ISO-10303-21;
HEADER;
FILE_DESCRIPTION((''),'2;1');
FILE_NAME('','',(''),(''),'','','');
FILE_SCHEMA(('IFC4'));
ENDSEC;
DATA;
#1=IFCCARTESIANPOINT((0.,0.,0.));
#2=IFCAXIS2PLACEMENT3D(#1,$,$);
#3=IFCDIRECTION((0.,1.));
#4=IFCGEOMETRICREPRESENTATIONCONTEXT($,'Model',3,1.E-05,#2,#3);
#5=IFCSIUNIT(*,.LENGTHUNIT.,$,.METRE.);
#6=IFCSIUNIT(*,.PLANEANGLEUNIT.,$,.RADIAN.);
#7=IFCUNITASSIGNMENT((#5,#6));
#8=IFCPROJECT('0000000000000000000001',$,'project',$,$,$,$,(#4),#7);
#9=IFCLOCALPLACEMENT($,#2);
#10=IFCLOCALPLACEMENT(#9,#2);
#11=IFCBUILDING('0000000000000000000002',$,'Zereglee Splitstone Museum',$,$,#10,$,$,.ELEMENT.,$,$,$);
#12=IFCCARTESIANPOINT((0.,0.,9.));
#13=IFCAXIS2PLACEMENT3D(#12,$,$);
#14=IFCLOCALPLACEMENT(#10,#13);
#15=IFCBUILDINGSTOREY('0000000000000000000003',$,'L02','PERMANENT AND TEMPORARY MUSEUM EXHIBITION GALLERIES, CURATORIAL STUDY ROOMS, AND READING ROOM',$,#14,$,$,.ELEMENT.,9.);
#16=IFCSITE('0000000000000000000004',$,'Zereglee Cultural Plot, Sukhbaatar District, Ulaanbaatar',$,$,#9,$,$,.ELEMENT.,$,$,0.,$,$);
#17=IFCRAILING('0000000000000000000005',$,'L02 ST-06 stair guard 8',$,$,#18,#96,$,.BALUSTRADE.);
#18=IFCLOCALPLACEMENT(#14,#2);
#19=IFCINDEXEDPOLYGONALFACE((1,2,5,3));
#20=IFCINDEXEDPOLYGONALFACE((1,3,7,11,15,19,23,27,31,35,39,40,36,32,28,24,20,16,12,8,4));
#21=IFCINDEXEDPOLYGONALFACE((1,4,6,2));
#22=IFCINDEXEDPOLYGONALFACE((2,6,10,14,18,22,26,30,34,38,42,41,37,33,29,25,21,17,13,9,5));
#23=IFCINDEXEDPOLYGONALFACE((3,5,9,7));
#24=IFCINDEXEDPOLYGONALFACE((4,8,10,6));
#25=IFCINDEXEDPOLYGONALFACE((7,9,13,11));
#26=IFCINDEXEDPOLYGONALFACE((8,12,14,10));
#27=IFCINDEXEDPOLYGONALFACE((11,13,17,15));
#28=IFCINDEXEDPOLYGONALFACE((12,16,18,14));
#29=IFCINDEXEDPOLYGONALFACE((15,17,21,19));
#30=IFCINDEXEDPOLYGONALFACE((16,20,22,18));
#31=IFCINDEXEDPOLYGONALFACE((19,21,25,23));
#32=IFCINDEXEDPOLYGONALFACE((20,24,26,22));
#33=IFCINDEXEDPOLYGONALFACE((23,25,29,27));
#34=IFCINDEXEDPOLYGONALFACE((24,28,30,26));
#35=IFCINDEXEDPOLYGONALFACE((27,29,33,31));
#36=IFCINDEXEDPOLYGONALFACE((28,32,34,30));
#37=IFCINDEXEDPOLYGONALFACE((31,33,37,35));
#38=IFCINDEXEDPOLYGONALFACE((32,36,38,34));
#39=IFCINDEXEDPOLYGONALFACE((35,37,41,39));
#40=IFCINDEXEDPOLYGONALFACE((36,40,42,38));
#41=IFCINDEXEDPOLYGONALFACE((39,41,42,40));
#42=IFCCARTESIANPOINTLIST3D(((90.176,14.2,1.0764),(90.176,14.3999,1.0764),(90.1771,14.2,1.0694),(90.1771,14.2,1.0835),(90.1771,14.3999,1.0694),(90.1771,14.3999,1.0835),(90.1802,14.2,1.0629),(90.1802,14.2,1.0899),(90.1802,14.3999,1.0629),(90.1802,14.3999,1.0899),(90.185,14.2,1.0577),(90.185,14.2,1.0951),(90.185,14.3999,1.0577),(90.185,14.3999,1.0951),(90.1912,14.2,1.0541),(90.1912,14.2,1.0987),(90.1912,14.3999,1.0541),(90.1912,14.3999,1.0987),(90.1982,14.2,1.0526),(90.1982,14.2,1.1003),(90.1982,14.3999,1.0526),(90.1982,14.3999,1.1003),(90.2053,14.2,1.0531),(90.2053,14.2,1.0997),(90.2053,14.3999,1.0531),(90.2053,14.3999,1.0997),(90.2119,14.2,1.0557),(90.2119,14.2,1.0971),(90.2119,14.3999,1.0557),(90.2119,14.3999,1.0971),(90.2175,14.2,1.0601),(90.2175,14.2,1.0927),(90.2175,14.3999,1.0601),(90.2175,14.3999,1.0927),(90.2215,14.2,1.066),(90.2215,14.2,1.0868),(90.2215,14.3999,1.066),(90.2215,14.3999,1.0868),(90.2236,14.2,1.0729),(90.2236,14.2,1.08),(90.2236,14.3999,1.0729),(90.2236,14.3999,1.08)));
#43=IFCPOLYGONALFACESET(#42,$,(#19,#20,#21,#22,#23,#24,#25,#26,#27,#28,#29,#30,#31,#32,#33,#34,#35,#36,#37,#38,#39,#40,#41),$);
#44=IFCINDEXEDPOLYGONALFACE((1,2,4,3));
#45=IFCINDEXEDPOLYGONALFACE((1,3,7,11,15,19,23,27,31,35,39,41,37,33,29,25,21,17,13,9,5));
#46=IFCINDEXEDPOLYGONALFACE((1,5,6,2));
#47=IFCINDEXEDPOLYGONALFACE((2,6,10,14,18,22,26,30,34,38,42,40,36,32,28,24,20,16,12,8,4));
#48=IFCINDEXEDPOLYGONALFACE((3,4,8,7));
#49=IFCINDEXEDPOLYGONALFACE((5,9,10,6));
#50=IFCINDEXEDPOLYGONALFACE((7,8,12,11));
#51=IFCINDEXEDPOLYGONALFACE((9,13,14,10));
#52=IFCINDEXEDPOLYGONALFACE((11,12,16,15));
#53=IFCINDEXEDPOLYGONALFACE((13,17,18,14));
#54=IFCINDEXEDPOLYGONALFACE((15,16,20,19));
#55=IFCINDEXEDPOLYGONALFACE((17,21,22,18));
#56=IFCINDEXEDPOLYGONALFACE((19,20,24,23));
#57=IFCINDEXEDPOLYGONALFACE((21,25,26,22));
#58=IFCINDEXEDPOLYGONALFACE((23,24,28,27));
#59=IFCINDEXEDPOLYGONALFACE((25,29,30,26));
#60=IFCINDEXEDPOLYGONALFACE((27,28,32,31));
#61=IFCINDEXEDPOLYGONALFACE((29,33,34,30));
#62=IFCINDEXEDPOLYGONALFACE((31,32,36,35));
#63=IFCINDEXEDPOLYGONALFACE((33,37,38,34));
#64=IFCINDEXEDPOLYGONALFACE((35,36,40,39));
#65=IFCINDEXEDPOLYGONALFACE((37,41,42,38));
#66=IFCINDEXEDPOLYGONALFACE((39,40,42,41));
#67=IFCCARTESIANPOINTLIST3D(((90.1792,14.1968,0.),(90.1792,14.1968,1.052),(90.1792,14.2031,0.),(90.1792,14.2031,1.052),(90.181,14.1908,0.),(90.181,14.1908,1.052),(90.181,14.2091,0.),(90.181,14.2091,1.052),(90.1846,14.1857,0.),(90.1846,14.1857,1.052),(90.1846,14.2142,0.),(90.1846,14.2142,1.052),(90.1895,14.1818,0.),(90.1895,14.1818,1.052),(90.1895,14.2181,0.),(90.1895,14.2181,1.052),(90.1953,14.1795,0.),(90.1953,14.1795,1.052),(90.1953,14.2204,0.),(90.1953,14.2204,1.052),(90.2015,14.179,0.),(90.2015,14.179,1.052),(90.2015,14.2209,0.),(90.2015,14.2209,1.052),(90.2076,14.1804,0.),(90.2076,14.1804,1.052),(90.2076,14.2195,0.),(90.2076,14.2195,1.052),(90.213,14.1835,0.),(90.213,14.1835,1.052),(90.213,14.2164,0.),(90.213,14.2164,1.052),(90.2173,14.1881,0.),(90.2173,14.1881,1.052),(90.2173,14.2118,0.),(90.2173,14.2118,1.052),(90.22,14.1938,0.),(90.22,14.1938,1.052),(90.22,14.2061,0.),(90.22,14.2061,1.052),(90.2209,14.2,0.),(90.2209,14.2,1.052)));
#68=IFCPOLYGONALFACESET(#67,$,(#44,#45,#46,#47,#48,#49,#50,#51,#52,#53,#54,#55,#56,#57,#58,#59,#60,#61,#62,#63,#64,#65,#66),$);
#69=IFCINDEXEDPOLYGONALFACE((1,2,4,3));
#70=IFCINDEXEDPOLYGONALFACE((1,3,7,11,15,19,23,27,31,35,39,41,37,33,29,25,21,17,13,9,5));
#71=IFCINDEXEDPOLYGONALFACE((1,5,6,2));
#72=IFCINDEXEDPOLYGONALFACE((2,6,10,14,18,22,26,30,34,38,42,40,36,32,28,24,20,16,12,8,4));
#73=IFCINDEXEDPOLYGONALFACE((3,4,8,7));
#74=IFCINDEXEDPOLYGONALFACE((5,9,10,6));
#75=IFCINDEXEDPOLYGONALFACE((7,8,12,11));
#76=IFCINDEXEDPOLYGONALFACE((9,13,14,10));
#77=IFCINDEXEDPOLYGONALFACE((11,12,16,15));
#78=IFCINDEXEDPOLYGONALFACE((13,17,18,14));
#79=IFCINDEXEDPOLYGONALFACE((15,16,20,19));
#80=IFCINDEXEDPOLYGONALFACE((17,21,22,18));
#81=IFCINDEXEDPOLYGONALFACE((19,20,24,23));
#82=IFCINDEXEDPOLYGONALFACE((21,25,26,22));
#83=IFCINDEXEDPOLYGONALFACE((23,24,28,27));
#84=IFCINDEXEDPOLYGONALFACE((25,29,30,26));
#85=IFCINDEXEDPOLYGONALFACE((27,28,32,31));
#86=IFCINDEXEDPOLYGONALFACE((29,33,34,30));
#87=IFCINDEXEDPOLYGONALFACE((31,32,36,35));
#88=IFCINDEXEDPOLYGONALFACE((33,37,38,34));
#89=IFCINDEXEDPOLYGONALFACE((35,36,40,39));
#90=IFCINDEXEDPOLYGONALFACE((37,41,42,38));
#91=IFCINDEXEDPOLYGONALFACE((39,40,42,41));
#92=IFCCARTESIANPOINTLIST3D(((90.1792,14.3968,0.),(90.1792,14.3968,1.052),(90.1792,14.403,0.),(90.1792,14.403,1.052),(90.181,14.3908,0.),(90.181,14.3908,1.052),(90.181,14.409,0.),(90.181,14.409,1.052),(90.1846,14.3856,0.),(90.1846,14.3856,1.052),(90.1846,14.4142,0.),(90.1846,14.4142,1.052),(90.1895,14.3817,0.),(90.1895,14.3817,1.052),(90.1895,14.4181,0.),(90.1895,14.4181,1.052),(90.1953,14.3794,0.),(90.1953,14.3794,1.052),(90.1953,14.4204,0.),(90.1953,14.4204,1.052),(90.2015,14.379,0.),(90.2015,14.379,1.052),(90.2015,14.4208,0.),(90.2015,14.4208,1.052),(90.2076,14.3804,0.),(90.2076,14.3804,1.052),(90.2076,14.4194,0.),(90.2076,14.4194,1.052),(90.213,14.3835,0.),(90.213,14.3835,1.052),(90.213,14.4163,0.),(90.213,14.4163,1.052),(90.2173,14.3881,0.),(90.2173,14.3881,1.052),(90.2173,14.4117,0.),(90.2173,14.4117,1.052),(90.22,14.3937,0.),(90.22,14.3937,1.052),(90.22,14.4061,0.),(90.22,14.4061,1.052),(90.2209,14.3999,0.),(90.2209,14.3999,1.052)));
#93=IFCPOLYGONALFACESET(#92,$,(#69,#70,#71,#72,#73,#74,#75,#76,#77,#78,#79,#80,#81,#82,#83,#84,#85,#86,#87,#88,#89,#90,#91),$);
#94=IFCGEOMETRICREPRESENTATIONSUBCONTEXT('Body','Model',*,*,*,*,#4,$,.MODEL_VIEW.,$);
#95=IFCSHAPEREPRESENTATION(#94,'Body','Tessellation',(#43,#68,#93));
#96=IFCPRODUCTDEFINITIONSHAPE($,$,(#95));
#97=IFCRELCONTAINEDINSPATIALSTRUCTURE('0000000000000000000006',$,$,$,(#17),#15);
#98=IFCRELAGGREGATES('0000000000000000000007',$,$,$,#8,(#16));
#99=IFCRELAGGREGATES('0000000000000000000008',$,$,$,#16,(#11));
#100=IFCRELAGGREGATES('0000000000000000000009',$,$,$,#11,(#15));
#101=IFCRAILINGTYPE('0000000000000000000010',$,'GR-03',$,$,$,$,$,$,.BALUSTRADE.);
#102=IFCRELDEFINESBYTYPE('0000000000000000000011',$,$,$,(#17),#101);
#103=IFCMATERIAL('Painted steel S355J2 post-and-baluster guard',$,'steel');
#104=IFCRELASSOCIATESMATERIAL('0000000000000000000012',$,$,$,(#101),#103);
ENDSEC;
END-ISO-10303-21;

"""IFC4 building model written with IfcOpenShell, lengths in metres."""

from ifc_helpers import new_model, si_unit, direction, frame, origin, origin_2d, place, context, subcontext, project, spatial, circle, extrude, material, type_object, element, save


model = new_model("IFC4")

# Units and contexts
model_context = context("Model", 3, precision=1e-05, world=origin(), true_north=direction((0.0, 1.0)))
body_context = subcontext(model_context, "Body", "Model", "MODEL_VIEW")
ifc_project = project(units=[si_unit("LENGTHUNIT", "METRE"), si_unit("PLANEANGLEUNIT", "RADIAN")], contexts=[model_context])

# Site, building, storey
site_placement = place(None, origin())
site = spatial("IfcSite", under=ifc_project, at=site_placement, Name="Zereglee Cultural Plot, Sukhbaatar District, Ulaanbaatar", CompositionType="ELEMENT", RefElevation=0.0)
building_placement = place(site_placement, origin())
building = spatial("IfcBuilding", under=site, at=building_placement, Name="Zereglee Splitstone Museum", CompositionType="ELEMENT")
storey_placement = place(building_placement, frame((0.0, 0.0, 9.0)))
storey = spatial("IfcBuildingStorey", under=building, at=storey_placement, Name="L02", Description="PERMANENT AND TEMPORARY MUSEUM EXHIBITION GALLERIES, CURATORIAL STUDY ROOMS, AND READING ROOM", CompositionType="ELEMENT", Elevation=9.0)

# Railing
ifc_material_1 = material(Name="Painted steel S355J2 post-and-baluster guard", Category="steel")
railing_type_1 = type_object("IfcRailingType", Name="GR-03", PredefinedType="BALUSTRADE", material=ifc_material_1)
railing_1_placement = place(storey_placement, frame((90.2, 14.2, 0.0)))
element("IfcRailing", 1, at=railing_1_placement, inside=storey, type_object=railing_type_1, Name="L02 ST-06 stair guard 8", PredefinedType="BALUSTRADE", context=body_context, shape_type="SweptSolid", body=[
    extrude(circle(Radius=0.0239, at=origin_2d()), frame((0.0, 0.0, 1.0764), z_axis=(0.0, 1.0, 0.0), x_axis=(-1.0, 0.0, 0.0)), (0.0, 0.0, 1.0), 0.2),
    extrude(circle(Radius=0.021, at=origin_2d()), origin(), (0.0, 0.0, 1.0), 1.052),
    extrude(circle(Radius=0.021, at=origin_2d()), frame((0.0, 0.2, 0.0)), (0.0, 0.0, 1.0), 1.052),
])

save(model, "model.ifc")
